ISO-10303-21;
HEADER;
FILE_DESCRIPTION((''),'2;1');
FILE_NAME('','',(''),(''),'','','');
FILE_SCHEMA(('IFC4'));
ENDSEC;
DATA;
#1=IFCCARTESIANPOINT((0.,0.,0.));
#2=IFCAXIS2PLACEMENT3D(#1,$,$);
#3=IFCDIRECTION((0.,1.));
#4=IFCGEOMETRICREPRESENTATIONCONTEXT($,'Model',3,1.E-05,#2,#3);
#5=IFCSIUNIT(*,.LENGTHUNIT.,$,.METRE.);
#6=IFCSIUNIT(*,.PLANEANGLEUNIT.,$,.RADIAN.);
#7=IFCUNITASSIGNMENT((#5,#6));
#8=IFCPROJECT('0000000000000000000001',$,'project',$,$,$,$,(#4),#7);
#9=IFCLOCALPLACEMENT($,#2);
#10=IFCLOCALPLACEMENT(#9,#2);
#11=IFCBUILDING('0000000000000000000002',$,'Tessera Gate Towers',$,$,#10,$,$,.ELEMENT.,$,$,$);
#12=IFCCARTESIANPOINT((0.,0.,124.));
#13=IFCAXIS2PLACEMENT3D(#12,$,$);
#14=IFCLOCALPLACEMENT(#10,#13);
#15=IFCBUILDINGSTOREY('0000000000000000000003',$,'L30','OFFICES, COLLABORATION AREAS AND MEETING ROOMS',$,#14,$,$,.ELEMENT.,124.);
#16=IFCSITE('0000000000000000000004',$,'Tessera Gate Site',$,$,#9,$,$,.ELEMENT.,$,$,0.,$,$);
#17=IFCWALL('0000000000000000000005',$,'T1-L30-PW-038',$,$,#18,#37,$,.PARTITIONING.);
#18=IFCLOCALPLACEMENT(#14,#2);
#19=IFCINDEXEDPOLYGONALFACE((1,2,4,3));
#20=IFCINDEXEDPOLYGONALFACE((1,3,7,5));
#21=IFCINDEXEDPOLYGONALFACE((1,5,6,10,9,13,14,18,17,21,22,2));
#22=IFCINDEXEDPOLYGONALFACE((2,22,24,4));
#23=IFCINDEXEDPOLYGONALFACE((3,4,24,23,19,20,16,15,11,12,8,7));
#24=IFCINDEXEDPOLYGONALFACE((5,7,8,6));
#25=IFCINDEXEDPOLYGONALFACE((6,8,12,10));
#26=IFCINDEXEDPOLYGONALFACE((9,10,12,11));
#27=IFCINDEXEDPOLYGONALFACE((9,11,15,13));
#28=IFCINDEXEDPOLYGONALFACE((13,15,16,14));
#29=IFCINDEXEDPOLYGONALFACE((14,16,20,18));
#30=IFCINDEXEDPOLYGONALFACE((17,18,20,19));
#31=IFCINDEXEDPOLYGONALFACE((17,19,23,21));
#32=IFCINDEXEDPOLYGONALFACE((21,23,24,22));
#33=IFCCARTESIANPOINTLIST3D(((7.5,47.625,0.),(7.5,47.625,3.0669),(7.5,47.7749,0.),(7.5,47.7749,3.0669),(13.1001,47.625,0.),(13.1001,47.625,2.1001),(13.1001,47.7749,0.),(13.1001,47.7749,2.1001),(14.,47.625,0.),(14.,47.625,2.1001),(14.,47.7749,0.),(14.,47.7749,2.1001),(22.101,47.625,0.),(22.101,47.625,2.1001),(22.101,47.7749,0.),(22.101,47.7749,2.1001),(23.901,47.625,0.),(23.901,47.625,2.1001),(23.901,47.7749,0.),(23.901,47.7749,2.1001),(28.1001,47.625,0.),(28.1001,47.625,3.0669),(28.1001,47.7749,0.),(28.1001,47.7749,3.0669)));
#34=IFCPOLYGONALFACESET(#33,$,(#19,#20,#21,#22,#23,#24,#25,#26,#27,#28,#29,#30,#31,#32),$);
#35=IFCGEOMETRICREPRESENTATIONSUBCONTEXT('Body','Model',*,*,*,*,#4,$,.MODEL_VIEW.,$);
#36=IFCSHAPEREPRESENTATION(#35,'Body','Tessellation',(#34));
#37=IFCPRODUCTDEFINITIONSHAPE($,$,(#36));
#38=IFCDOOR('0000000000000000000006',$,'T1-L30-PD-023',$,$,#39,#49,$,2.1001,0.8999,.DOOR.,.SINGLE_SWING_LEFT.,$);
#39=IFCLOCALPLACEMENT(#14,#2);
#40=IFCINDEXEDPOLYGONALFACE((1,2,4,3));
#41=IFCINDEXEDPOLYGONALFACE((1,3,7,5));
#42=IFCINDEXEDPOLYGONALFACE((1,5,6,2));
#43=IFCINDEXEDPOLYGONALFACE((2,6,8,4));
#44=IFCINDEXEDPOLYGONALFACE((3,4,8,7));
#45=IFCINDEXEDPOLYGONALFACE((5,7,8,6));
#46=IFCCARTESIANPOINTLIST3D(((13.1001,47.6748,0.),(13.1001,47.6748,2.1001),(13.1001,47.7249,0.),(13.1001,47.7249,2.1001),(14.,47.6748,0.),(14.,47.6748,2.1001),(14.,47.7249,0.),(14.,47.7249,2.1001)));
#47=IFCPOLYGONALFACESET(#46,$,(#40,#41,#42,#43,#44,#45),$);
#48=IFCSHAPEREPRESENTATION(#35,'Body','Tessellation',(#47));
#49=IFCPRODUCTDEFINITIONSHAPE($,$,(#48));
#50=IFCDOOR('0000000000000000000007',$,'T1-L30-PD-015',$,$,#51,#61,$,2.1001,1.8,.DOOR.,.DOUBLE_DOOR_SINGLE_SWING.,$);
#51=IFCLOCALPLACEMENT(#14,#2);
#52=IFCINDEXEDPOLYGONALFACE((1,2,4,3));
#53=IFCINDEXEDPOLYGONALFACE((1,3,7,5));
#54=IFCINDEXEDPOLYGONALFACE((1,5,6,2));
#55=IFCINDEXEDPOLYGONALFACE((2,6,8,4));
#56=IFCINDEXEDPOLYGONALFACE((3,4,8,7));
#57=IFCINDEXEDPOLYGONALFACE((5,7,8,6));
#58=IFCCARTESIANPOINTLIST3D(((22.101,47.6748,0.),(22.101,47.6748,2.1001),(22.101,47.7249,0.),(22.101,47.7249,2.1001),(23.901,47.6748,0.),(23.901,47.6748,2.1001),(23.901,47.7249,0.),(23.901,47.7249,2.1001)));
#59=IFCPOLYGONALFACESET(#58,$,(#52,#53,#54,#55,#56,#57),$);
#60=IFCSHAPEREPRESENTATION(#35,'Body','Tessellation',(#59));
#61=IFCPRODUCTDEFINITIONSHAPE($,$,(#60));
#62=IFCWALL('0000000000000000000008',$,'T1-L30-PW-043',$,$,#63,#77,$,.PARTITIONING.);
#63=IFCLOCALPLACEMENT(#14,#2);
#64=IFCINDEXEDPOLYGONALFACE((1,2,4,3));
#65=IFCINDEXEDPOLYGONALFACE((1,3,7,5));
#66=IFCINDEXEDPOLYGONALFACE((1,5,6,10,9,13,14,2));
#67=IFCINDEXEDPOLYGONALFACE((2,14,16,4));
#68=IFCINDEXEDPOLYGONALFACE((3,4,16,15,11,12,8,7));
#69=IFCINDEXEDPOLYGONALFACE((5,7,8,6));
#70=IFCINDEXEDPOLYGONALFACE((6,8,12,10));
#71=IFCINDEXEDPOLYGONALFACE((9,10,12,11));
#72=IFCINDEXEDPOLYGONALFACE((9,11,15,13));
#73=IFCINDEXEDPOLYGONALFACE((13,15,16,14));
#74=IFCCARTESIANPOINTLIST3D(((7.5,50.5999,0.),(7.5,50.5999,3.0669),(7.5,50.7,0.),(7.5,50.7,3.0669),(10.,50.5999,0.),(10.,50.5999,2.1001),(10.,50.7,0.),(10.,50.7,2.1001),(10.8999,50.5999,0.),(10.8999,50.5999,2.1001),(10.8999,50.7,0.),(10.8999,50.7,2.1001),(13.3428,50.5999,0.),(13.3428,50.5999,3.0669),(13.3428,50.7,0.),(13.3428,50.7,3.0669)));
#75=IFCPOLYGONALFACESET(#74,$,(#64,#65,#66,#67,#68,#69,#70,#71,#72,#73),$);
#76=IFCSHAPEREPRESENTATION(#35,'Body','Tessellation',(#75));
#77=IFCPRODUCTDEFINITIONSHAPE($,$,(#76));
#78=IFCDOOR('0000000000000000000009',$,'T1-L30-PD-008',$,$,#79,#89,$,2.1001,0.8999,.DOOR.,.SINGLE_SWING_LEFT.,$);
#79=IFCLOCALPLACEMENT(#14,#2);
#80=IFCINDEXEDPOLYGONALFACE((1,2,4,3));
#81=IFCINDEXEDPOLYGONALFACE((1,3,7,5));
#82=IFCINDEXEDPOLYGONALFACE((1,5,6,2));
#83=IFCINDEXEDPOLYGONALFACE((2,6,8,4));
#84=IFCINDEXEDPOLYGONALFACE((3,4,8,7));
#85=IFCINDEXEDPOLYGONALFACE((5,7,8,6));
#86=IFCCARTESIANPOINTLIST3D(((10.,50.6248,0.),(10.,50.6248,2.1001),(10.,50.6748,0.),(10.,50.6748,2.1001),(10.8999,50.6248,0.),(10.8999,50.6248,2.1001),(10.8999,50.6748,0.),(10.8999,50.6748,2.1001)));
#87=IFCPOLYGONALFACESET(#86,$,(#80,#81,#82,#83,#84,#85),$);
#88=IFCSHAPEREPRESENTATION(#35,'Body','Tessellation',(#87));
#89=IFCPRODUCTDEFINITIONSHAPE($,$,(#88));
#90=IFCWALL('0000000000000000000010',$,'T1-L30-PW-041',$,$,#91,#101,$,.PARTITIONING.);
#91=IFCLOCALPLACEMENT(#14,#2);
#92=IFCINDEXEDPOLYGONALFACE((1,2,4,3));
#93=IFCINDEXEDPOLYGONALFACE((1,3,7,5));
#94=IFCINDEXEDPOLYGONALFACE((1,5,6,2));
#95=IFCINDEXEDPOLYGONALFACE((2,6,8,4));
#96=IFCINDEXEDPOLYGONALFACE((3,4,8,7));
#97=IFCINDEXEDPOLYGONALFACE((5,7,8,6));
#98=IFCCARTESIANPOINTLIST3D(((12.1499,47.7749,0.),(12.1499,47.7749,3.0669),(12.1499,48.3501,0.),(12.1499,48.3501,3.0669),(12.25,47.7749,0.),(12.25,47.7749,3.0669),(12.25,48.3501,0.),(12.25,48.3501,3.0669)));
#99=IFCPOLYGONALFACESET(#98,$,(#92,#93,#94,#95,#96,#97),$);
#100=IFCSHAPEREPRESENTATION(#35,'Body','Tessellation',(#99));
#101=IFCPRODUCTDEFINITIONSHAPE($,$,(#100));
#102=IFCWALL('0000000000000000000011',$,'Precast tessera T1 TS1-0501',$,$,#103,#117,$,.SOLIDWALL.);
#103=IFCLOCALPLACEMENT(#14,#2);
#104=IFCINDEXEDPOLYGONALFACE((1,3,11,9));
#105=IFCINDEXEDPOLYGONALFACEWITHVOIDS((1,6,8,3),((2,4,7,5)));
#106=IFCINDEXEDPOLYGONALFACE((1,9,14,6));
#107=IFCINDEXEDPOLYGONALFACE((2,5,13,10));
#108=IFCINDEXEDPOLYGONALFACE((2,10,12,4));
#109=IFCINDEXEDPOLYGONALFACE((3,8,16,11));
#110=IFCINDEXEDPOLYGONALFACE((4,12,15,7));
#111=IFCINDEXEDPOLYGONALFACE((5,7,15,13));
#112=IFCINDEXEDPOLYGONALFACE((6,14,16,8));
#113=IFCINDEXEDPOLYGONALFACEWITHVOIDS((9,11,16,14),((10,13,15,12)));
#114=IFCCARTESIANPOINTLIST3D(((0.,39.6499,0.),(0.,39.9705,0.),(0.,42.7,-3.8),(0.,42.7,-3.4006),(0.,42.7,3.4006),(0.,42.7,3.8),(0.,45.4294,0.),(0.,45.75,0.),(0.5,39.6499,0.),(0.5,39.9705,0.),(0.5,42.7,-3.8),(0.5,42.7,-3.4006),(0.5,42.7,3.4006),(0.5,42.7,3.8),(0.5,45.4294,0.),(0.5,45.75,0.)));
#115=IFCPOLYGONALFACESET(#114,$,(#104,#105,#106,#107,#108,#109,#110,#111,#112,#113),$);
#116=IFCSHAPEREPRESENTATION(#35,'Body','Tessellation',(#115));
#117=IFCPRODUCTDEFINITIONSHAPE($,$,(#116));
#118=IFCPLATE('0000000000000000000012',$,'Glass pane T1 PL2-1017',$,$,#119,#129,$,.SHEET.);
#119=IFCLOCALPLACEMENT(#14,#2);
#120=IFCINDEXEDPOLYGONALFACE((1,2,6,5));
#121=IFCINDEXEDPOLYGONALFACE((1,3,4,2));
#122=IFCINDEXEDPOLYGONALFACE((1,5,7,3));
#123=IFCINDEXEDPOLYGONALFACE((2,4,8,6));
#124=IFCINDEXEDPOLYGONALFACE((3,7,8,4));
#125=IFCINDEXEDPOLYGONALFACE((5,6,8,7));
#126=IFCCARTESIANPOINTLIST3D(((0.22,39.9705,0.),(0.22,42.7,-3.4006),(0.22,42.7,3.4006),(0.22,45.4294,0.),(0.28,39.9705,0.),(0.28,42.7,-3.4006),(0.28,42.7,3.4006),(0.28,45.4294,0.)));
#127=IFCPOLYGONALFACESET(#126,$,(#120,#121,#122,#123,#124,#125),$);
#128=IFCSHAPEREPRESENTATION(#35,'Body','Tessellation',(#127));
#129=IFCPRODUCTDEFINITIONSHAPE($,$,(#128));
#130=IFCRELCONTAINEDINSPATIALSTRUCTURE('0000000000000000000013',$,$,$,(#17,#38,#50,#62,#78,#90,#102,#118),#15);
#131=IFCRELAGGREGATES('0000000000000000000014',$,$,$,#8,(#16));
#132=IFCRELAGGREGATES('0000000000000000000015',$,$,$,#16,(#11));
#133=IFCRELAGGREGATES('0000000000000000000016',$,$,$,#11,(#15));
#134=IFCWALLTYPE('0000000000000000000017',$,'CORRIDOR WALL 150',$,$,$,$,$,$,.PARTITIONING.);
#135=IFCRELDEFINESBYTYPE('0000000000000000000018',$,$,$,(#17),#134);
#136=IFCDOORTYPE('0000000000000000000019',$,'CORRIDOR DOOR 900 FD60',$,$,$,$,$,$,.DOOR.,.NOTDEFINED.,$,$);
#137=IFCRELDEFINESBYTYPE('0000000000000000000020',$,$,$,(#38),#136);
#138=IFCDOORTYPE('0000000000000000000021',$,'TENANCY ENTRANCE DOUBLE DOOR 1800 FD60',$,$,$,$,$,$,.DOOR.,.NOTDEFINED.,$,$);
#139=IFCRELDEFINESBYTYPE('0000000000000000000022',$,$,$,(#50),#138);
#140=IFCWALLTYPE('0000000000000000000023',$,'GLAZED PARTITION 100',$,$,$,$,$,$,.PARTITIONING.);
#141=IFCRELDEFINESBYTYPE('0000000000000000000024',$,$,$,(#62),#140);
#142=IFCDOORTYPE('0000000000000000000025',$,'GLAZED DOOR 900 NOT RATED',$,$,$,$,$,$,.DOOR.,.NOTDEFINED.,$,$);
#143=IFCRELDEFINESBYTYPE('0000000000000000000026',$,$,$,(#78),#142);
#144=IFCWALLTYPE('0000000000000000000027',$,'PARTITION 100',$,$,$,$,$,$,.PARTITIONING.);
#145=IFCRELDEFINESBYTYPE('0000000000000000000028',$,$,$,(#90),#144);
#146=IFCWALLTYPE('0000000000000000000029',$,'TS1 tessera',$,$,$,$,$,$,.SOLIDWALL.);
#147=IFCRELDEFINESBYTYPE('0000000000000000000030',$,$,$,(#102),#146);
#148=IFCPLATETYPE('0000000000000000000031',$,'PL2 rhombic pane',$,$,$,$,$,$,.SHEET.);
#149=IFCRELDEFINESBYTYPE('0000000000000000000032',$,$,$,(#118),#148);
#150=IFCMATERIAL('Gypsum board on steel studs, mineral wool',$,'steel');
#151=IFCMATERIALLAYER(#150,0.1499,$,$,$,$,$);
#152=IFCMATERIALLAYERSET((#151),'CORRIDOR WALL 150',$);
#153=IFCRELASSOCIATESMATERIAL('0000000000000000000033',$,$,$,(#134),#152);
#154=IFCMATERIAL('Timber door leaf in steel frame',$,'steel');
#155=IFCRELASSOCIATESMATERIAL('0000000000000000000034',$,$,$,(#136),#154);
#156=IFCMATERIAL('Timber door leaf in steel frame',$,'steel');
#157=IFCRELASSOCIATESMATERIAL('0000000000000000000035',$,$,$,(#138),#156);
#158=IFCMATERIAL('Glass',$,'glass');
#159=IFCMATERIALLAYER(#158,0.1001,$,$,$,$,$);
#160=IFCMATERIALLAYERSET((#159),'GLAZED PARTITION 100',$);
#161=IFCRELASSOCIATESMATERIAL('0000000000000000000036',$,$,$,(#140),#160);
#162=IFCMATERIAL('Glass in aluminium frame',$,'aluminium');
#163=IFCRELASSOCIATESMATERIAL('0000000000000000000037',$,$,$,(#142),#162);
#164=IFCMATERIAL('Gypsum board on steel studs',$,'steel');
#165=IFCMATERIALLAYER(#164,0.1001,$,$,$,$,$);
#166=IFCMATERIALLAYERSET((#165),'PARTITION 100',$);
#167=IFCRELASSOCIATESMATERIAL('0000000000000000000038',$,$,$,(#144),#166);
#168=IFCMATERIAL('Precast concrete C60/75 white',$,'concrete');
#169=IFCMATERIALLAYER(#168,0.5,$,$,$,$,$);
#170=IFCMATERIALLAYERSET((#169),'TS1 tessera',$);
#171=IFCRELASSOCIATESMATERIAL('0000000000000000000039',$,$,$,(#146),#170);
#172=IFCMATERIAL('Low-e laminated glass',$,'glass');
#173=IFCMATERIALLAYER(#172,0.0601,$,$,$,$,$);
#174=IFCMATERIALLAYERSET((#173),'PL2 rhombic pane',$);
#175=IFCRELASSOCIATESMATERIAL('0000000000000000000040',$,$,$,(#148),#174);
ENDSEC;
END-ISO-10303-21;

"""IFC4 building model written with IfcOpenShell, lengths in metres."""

from ifc_helpers import new_model, si_unit, direction, frame, frame_2d, origin, place, context, subcontext, project, spatial, polyline, rectangle, outline, extrude, source, transform, mapped, material, layer, layer_set, type_object, element, fill, save


model = new_model("IFC4")

# Units and contexts
model_context = context("Model", 3, precision=1e-05, world=origin(), true_north=direction((0.0, 1.0)))
body_context = subcontext(model_context, "Body", "Model", "MODEL_VIEW")
ifc_project = project(units=[si_unit("LENGTHUNIT", "METRE"), si_unit("PLANEANGLEUNIT", "RADIAN")], contexts=[model_context])

# Site, building, storey
site_placement = place(None, origin())
site = spatial("IfcSite", under=ifc_project, at=site_placement, Name="Tessera Gate Site", CompositionType="ELEMENT", RefElevation=0.0)
building_placement = place(site_placement, origin())
building = spatial("IfcBuilding", under=site, at=building_placement, Name="Tessera Gate Towers", CompositionType="ELEMENT")
storey_placement = place(building_placement, frame((0.0, 0.0, 124.0)))
storey = spatial("IfcBuildingStorey", under=building, at=storey_placement, Name="L30", Description="OFFICES, COLLABORATION AREAS AND MEETING ROOMS", CompositionType="ELEMENT", Elevation=124.0)

# Wall, openings, doors
ifc_material_1 = material(Name="Gypsum board on steel studs, mineral wool", Category="steel")
ifc_layer_1 = layer(ifc_material_1, 0.1499)
ifc_layer_set_1 = layer_set([ifc_layer_1], Name="CORRIDOR WALL 150")
wall_type_1 = type_object("IfcWallType", Name="CORRIDOR WALL 150", PredefinedType="PARTITIONING", material=ifc_layer_set_1)
wall_1_placement = place(storey_placement, frame((7.5, 47.7, 0.0), z_axis=(0.0, 0.0, 1.0), x_axis=(1.0, 0.0, 0.0)))
wall_1 = element("IfcWall", 1, at=wall_1_placement, inside=storey, type_object=wall_type_1, Name="T1-L30-PW-038", PredefinedType="PARTITIONING", context=body_context, shape_type="SweptSolid", body=[
    extrude(rectangle(XDim=20.6001, YDim=0.1499, at=frame_2d((10.3, 0.0))), origin(), (0.0, 0.0, 1.0), 3.0669),
])
shared_shape_1 = source(origin(), body_context, "Body", "SweptSolid", [
    extrude(rectangle(XDim=1.8, YDim=2.1001, at=frame_2d((0.8999, 1.05))), frame((0.0, 0.085, 0.0), z_axis=(0.0, -1.0, 0.0), x_axis=(1.0, 0.0, 0.0)), (0.0, 0.0, 1.0), 0.1699),
])
opening_1_placement = place(wall_1_placement, frame((14.6011, 0.0, 0.0)))
opening_1 = element("IfcOpeningElement", 2, at=opening_1_placement, cuts=wall_1, PredefinedType="OPENING", context=body_context, shape_type="MappedRepresentation", body=[
    mapped(shared_shape_1, transform((0.0, 0.0, 0.0), scale=1.0)),
])
shared_shape_2 = source(origin(), body_context, "Body", "SweptSolid", [
    extrude(rectangle(XDim=0.8999, YDim=2.1001, at=frame_2d((0.45, 1.05))), frame((0.0, 0.085, 0.0), z_axis=(0.0, -1.0, 0.0), x_axis=(1.0, 0.0, 0.0)), (0.0, 0.0, 1.0), 0.1699),
])
opening_2_placement = place(wall_1_placement, frame((5.6001, 0.0, 0.0)))
opening_2 = element("IfcOpeningElement", 3, at=opening_2_placement, cuts=wall_1, PredefinedType="OPENING", context=body_context, shape_type="MappedRepresentation", body=[
    mapped(shared_shape_2, transform((0.0, 0.0, 0.0), scale=1.0)),
])
ifc_material_2 = material(Name="Timber door leaf in steel frame", Category="steel")
door_type_1 = type_object("IfcDoorType", Name="CORRIDOR DOOR 900 FD60", OperationType="NOTDEFINED", PredefinedType="DOOR", material=ifc_material_2)
shared_shape_3 = source(origin(), body_context, "Body", "SweptSolid", [
    extrude(rectangle(XDim=0.8999, YDim=2.1001, at=frame_2d((0.45, 1.05))), frame((0.0, 0.0249, 0.0), z_axis=(0.0, -1.0, 0.0), x_axis=(1.0, 0.0, 0.0)), (0.0, 0.0, 1.0), 0.05),
])
door_1_placement = place(opening_2_placement, origin())
door_1 = element("IfcDoor", 4, at=door_1_placement, inside=storey, type_object=door_type_1, Name="T1-L30-PD-023", OperationType="SINGLE_SWING_LEFT", OverallHeight=2.1001, OverallWidth=0.8999, PredefinedType="DOOR", context=body_context, shape_type="MappedRepresentation", body=[
    mapped(shared_shape_3, transform((0.0, 0.0, 0.0), scale=1.0)),
])
fill(opening_2, door_1)
ifc_material_3 = material(Name="Timber door leaf in steel frame", Category="steel")
door_type_2 = type_object("IfcDoorType", Name="TENANCY ENTRANCE DOUBLE DOOR 1800 FD60", OperationType="NOTDEFINED", PredefinedType="DOOR", material=ifc_material_3)
shared_shape_4 = source(origin(), body_context, "Body", "SweptSolid", [
    extrude(rectangle(XDim=1.8, YDim=2.1001, at=frame_2d((0.8999, 1.05))), frame((0.0, 0.0249, 0.0), z_axis=(0.0, -1.0, 0.0), x_axis=(1.0, 0.0, 0.0)), (0.0, 0.0, 1.0), 0.05),
])
door_2_placement = place(opening_1_placement, origin())
door_2 = element("IfcDoor", 5, at=door_2_placement, inside=storey, type_object=door_type_2, Name="T1-L30-PD-015", OperationType="DOUBLE_DOOR_SINGLE_SWING", OverallHeight=2.1001, OverallWidth=1.8, PredefinedType="DOOR", context=body_context, shape_type="MappedRepresentation", body=[
    mapped(shared_shape_4, transform((0.0, 0.0, 0.0), scale=1.0)),
])
fill(opening_1, door_2)

# Wall, opening, door
ifc_material_4 = material(Name="Glass", Category="glass")
ifc_layer_2 = layer(ifc_material_4, 0.1001)
ifc_layer_set_2 = layer_set([ifc_layer_2], Name="GLAZED PARTITION 100")
wall_type_2 = type_object("IfcWallType", Name="GLAZED PARTITION 100", PredefinedType="PARTITIONING", material=ifc_layer_set_2)
wall_2_placement = place(storey_placement, frame((7.5, 50.6499, 0.0), z_axis=(0.0, 0.0, 1.0), x_axis=(1.0, 0.0, 0.0)))
wall_2 = element("IfcWall", 6, at=wall_2_placement, inside=storey, type_object=wall_type_2, Name="T1-L30-PW-043", PredefinedType="PARTITIONING", context=body_context, shape_type="SweptSolid", body=[
    extrude(rectangle(XDim=5.8428, YDim=0.1001, at=frame_2d((2.9214, 0.0))), origin(), (0.0, 0.0, 1.0), 3.0669),
])
shared_shape_5 = source(origin(), body_context, "Body", "SweptSolid", [
    extrude(rectangle(XDim=0.8999, YDim=2.1001, at=frame_2d((0.45, 1.05))), frame((0.0, 0.0601, 0.0), z_axis=(0.0, -1.0, 0.0), x_axis=(1.0, 0.0, 0.0)), (0.0, 0.0, 1.0), 0.1201),
])
opening_3_placement = place(wall_2_placement, frame((2.5, 0.0, 0.0)))
opening_3 = element("IfcOpeningElement", 7, at=opening_3_placement, cuts=wall_2, PredefinedType="OPENING", context=body_context, shape_type="MappedRepresentation", body=[
    mapped(shared_shape_5, transform((0.0, 0.0, 0.0), scale=1.0)),
])
ifc_material_5 = material(Name="Glass in aluminium frame", Category="aluminium")
door_type_3 = type_object("IfcDoorType", Name="GLAZED DOOR 900 NOT RATED", OperationType="NOTDEFINED", PredefinedType="DOOR", material=ifc_material_5)
door_3_placement = place(opening_3_placement, origin())
door_3 = element("IfcDoor", 8, at=door_3_placement, inside=storey, type_object=door_type_3, Name="T1-L30-PD-008", OperationType="SINGLE_SWING_LEFT", OverallHeight=2.1001, OverallWidth=0.8999, PredefinedType="DOOR", context=body_context, shape_type="MappedRepresentation", body=[
    mapped(shared_shape_3, transform((0.0, 0.0, 0.0), scale=1.0)),
])
fill(opening_3, door_3)

# Wall
ifc_material_6 = material(Name="Gypsum board on steel studs", Category="steel")
ifc_layer_3 = layer(ifc_material_6, 0.1001)
ifc_layer_set_3 = layer_set([ifc_layer_3], Name="PARTITION 100")
wall_type_3 = type_object("IfcWallType", Name="PARTITION 100", PredefinedType="PARTITIONING", material=ifc_layer_set_3)
wall_3_placement = place(storey_placement, frame((12.2, 48.3501, 0.0), z_axis=(0.0, 0.0, 1.0), x_axis=(0.0, -1.0, 0.0)))
element("IfcWall", 9, at=wall_3_placement, inside=storey, type_object=wall_type_3, Name="T1-L30-PW-041", PredefinedType="PARTITIONING", context=body_context, shape_type="SweptSolid", body=[
    extrude(rectangle(XDim=0.5752, YDim=0.1001, at=frame_2d((0.2876, 0.0))), origin(), (0.0, 0.0, 1.0), 3.0669),
])

# Wall, opening, plate
ifc_material_7 = material(Name="Precast concrete C60/75 white", Category="concrete")
ifc_layer_4 = layer(ifc_material_7, 0.5)
ifc_layer_set_4 = layer_set([ifc_layer_4], Name="TS1 tessera")
wall_type_4 = type_object("IfcWallType", Name="TS1 tessera", PredefinedType="SOLIDWALL", material=ifc_layer_set_4)
shared_shape_6 = source(origin(), body_context, "Body", "SweptSolid", [
    extrude(outline(polyline([(3.05, 0.0), (6.1001, 3.8), (3.05, 7.6001), (0.0, 3.8), (3.05, 0.0)])), frame((0.0, 0.25, 0.0), z_axis=(0.0, -1.0, 0.0), x_axis=(1.0, 0.0, 0.0)), (0.0, 0.0, 1.0), 0.5),
])
wall_4_placement = place(storey_placement, frame((0.25, 45.75, -3.8), z_axis=(0.0, 0.0, 1.0), x_axis=(0.0, -1.0, 0.0)))
wall_4 = element("IfcWall", 10, at=wall_4_placement, inside=storey, type_object=wall_type_4, Name="Precast tessera T1 TS1-0501", PredefinedType="SOLIDWALL", context=body_context, shape_type="MappedRepresentation", body=[
    mapped(shared_shape_6, transform((0.0, 0.0, 0.0), scale=1.0)),
])
shared_shape_7 = source(origin(), body_context, "Body", "SweptSolid", [
    extrude(outline(polyline([(3.05, 0.3994), (5.7795, 3.8), (3.05, 7.2007), (0.3206, 3.8), (3.05, 0.3994)])), frame((0.0, 0.26, 0.0), z_axis=(0.0, -1.0, 0.0), x_axis=(1.0, 0.0, 0.0)), (0.0, 0.0, 1.0), 0.52),
])
opening_4_placement = place(wall_4_placement, origin())
opening_4 = element("IfcOpeningElement", 11, at=opening_4_placement, cuts=wall_4, PredefinedType="OPENING", context=body_context, shape_type="MappedRepresentation", body=[
    mapped(shared_shape_7, transform((0.0, 0.0, 0.0), scale=1.0)),
])
ifc_material_8 = material(Name="Low-e laminated glass", Category="glass")
ifc_layer_5 = layer(ifc_material_8, 0.0601)
ifc_layer_set_5 = layer_set([ifc_layer_5], Name="PL2 rhombic pane")
plate_type = type_object("IfcPlateType", Name="PL2 rhombic pane", PredefinedType="SHEET", material=ifc_layer_set_5)
shared_shape_8 = source(origin(), body_context, "Body", "SweptSolid", [
    extrude(outline(polyline([(3.05, 0.3994), (5.7795, 3.8), (3.05, 7.2007), (0.3206, 3.8), (3.05, 0.3994)])), frame((0.0, 0.03, 0.0), z_axis=(0.0, -1.0, 0.0), x_axis=(1.0, 0.0, 0.0)), (0.0, 0.0, 1.0), 0.0601),
])
plate_placement = place(opening_4_placement, origin())
plate = element("IfcPlate", 12, at=plate_placement, inside=storey, type_object=plate_type, Name="Glass pane T1 PL2-1017", PredefinedType="SHEET", context=body_context, shape_type="MappedRepresentation", body=[
    mapped(shared_shape_8, transform((0.0, 0.0, 0.0), scale=1.0)),
])
fill(opening_4, plate)

save(model, "model.ifc")
